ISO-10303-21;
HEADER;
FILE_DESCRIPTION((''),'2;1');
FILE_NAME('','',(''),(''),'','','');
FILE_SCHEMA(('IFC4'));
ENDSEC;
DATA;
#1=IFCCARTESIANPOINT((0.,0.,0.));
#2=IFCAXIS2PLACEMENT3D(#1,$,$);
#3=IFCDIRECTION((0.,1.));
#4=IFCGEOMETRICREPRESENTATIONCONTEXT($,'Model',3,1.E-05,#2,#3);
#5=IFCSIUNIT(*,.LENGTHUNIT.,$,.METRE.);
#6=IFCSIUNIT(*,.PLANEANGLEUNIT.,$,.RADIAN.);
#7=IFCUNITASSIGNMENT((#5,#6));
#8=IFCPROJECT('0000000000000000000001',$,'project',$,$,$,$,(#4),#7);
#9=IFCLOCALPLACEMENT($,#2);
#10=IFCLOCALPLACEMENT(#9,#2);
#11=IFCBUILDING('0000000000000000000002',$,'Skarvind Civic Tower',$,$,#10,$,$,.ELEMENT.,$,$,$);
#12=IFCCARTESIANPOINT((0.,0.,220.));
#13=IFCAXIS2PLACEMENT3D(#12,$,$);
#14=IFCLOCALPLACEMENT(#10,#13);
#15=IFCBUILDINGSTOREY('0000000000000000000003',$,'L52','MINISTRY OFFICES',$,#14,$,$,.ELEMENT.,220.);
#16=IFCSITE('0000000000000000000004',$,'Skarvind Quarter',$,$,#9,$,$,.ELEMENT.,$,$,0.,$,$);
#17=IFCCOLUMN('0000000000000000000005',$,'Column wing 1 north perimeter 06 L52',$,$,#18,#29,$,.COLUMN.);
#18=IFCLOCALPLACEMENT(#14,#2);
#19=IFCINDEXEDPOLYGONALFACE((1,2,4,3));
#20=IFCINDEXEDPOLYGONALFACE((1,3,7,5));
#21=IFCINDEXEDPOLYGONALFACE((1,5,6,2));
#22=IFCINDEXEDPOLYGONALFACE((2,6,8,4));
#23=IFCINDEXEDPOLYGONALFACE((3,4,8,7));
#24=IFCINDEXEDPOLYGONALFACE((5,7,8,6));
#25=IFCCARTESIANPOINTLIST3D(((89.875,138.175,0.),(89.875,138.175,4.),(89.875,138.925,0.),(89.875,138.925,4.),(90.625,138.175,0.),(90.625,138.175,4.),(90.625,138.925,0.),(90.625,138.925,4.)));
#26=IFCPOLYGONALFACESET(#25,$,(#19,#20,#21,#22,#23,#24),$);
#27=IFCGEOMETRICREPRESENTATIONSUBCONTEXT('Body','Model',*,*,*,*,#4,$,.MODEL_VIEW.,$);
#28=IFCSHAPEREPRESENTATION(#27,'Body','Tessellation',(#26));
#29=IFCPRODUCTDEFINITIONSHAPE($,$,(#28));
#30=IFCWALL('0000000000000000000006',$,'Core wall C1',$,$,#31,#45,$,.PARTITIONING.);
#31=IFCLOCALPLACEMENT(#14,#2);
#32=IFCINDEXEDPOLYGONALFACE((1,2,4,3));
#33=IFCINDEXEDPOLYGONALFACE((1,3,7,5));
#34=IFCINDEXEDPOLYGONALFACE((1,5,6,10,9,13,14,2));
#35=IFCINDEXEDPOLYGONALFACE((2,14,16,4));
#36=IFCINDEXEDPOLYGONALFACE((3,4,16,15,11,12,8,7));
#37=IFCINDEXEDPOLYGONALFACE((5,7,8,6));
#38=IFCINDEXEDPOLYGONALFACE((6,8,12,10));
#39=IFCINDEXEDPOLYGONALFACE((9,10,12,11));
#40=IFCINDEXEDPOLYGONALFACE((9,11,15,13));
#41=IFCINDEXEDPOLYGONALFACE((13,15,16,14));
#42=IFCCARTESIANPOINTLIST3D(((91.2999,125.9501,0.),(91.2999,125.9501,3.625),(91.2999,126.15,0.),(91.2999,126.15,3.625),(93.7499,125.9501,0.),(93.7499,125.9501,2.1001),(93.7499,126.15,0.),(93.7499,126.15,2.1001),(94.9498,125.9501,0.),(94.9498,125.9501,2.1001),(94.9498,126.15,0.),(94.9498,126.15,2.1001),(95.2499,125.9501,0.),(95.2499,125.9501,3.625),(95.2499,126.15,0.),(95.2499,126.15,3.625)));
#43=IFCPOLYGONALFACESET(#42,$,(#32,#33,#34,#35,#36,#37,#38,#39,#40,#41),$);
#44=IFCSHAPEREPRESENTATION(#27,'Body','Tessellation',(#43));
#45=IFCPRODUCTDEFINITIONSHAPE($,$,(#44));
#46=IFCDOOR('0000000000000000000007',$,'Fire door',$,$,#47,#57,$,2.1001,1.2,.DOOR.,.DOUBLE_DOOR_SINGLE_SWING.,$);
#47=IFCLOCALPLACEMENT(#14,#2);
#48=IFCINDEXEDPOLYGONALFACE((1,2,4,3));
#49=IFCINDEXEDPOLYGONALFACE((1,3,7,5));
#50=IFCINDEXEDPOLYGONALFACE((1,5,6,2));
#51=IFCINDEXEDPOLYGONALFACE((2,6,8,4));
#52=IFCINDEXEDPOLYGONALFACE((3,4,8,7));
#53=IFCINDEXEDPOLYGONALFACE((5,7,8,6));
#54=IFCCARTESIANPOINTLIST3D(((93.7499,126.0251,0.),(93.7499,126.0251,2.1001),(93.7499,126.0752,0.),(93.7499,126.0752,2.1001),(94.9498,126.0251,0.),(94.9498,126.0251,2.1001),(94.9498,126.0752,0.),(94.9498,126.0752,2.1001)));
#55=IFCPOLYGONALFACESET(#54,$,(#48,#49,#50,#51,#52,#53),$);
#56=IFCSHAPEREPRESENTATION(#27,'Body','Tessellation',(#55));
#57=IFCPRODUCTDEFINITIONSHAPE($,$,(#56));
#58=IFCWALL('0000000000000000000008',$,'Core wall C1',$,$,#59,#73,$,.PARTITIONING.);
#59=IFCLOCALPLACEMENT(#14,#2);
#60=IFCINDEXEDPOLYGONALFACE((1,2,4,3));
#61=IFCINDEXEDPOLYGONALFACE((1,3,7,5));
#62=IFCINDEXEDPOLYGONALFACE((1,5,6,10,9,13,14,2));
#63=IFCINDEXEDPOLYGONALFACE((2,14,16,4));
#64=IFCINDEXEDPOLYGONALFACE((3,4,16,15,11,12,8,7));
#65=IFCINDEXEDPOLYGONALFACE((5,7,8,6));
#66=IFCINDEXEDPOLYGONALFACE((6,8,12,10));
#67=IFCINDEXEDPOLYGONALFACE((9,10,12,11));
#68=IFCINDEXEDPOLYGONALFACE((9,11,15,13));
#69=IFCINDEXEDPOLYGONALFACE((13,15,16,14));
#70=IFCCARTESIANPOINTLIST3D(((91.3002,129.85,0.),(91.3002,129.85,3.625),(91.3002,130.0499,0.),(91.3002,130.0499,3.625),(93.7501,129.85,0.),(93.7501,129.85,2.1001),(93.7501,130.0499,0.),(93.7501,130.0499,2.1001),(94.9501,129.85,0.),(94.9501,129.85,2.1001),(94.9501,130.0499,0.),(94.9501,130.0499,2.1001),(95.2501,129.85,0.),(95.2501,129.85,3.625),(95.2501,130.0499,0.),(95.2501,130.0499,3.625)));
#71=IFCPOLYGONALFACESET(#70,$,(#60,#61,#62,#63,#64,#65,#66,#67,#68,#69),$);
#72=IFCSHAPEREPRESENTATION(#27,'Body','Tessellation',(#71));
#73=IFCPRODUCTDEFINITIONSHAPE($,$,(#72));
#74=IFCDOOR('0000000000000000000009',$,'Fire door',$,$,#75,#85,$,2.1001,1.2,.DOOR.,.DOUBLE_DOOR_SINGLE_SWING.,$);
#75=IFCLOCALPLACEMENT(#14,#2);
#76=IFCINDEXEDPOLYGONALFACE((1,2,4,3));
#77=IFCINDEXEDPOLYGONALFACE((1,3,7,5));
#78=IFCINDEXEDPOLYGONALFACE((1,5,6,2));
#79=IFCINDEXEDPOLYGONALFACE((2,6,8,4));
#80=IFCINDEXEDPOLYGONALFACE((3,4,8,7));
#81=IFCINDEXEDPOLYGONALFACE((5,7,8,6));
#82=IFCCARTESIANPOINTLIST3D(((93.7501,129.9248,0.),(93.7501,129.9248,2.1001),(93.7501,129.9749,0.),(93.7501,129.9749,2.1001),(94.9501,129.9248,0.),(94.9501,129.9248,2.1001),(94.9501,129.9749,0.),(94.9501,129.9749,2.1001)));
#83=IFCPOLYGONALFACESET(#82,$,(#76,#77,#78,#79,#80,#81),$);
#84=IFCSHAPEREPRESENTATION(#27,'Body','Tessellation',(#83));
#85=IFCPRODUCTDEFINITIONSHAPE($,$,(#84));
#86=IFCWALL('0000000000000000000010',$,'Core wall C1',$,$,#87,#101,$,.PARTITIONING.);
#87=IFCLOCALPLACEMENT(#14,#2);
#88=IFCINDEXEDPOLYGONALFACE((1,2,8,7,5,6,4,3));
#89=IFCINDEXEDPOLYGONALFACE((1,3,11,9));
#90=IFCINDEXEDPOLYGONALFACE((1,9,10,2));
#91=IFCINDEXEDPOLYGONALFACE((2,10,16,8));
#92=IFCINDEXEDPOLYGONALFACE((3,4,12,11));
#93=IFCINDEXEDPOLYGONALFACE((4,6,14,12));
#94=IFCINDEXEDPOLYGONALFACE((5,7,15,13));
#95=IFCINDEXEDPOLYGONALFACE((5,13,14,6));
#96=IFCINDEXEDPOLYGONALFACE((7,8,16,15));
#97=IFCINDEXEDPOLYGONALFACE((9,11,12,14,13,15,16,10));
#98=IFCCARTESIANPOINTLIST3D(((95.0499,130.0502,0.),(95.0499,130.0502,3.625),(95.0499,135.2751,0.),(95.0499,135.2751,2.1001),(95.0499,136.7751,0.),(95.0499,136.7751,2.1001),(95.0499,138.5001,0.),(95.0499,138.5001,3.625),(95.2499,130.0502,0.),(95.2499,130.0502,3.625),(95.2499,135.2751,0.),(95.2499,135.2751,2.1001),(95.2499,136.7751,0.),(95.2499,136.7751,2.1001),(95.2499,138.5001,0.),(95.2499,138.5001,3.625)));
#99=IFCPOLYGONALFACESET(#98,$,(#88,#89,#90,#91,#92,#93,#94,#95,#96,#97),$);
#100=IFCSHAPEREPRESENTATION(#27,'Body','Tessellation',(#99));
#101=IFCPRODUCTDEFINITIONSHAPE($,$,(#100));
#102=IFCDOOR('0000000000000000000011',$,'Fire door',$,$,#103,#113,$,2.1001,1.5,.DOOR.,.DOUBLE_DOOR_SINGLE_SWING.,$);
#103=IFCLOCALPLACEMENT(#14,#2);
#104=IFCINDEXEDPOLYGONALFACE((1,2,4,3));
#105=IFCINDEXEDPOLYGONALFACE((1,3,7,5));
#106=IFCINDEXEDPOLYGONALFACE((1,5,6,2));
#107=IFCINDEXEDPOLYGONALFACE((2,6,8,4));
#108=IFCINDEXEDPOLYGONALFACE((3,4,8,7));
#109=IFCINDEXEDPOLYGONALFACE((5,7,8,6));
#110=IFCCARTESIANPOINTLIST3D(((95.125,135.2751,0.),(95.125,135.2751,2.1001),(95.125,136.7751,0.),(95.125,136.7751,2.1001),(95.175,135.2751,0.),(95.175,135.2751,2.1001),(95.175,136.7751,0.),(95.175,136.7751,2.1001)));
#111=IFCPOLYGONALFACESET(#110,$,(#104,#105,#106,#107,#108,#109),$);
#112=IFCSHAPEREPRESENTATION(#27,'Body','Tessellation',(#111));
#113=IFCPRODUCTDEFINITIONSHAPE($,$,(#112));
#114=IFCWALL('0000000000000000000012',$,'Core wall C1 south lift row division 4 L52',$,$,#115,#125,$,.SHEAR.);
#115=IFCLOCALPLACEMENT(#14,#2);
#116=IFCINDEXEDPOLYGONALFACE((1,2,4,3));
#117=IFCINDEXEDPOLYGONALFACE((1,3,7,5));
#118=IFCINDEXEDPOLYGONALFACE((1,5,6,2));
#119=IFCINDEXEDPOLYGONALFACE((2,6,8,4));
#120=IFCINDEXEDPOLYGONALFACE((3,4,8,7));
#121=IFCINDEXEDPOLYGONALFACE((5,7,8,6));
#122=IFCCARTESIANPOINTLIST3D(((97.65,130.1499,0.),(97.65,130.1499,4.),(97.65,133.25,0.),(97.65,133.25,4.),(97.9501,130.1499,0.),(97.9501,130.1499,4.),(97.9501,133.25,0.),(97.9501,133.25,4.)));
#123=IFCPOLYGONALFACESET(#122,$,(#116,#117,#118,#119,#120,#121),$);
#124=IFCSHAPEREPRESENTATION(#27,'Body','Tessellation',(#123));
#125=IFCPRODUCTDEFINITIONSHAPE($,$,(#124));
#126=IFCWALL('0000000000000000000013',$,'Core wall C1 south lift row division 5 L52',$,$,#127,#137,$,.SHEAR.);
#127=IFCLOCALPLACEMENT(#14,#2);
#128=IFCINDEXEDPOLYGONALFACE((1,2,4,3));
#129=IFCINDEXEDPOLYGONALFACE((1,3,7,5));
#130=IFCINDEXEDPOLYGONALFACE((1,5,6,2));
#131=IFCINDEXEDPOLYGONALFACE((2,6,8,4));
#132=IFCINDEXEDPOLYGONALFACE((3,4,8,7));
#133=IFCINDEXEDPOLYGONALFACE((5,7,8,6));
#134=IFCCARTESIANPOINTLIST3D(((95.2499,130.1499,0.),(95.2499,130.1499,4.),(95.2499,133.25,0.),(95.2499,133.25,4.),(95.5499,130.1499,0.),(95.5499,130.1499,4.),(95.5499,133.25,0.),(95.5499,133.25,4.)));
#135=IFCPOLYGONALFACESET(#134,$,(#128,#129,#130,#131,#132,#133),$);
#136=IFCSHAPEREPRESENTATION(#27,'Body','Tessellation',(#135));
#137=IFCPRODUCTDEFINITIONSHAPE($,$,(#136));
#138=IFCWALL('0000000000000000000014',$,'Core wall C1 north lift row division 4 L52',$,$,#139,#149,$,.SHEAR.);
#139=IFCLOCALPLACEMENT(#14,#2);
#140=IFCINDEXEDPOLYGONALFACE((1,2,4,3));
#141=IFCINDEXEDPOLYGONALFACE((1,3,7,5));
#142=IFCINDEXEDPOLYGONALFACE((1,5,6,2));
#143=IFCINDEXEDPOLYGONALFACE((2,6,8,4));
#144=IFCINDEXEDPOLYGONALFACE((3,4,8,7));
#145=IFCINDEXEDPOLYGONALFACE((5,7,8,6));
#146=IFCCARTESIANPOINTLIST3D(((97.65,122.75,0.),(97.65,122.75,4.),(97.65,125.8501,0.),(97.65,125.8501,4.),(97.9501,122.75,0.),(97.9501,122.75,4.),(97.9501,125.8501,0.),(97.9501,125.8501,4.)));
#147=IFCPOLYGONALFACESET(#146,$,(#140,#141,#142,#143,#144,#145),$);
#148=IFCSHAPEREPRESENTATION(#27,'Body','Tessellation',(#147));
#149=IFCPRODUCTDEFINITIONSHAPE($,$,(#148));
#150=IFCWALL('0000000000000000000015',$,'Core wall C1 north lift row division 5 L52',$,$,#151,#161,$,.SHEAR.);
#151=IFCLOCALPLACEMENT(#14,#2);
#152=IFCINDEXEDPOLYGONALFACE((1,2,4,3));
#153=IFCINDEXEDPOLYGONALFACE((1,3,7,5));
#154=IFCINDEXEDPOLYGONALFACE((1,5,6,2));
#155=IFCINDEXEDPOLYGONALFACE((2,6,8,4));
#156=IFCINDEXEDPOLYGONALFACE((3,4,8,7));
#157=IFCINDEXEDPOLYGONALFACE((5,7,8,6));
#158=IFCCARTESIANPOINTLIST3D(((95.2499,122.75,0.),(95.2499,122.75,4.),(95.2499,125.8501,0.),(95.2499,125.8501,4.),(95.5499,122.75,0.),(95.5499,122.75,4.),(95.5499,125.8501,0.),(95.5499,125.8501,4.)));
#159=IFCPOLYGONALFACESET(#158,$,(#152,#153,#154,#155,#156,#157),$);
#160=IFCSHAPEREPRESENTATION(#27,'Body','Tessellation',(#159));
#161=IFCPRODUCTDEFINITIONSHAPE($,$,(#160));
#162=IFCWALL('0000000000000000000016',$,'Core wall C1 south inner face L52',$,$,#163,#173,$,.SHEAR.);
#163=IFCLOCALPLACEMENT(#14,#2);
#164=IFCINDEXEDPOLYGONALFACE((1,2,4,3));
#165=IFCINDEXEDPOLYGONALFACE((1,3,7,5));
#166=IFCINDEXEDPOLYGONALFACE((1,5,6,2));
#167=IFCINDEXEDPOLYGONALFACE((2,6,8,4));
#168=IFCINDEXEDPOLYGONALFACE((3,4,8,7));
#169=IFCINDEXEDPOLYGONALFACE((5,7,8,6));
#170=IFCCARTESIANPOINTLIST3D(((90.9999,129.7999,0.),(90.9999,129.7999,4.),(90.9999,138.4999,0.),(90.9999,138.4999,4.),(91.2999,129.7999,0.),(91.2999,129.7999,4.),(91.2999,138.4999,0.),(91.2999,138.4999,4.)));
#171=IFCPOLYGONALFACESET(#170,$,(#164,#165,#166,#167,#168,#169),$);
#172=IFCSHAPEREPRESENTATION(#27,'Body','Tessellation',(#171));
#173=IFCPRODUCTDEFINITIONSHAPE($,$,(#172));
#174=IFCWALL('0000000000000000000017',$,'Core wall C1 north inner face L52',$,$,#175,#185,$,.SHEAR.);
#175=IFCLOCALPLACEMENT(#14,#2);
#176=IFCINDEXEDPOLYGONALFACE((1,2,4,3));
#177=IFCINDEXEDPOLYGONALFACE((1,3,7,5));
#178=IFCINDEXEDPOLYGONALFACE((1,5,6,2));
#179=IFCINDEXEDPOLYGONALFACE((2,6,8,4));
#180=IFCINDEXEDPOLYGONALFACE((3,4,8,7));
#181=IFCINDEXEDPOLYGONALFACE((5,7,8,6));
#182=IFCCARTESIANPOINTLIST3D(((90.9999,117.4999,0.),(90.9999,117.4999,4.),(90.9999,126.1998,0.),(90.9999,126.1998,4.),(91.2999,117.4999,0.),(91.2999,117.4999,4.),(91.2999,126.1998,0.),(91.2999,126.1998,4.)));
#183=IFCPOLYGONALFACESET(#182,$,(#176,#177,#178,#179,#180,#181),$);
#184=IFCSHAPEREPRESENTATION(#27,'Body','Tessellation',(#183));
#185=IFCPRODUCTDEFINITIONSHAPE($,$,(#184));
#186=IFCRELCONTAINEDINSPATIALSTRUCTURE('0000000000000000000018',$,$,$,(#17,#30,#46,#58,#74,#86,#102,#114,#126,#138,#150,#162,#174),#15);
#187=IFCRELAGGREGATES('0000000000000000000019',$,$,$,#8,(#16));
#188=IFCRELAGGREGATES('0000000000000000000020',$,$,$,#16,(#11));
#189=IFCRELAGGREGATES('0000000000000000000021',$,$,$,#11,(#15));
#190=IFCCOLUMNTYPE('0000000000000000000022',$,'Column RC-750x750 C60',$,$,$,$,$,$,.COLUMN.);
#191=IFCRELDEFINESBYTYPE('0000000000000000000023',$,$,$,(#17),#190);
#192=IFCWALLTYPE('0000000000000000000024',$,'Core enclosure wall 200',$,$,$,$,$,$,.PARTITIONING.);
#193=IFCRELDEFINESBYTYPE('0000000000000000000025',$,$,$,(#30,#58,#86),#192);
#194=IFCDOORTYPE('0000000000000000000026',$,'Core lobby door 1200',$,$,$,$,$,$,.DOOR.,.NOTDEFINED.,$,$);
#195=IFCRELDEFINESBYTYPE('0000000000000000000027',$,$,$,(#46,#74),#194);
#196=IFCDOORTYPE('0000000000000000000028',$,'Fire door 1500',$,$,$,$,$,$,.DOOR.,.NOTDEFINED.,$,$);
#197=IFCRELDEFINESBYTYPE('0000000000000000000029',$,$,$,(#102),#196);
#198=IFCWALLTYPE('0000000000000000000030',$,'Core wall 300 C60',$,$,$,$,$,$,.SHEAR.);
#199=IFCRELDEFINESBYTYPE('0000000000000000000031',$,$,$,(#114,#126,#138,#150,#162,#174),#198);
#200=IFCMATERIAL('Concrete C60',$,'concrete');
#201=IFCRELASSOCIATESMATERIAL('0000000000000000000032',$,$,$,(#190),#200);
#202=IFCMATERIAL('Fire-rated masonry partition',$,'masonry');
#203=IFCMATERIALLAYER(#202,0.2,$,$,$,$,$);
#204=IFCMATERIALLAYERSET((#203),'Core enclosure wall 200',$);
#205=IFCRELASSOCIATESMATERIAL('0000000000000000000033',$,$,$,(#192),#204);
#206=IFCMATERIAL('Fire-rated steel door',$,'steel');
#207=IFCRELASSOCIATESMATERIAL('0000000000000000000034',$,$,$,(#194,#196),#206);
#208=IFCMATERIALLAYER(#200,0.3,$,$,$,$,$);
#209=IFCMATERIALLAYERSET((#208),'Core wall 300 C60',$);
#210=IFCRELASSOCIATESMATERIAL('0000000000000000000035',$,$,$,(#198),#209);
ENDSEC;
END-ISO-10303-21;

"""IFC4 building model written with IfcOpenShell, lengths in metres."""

from ifc_helpers import new_model, si_unit, direction, frame, frame_2d, origin, origin_2d, place, context, subcontext, project, spatial, rectangle, extrude, material, layer, layer_set, material_profile, profile_set, type_object, element, fill, save


model = new_model("IFC4")

# Units and contexts
model_context = context("Model", 3, precision=1e-05, world=origin(), true_north=direction((0.0, 1.0)))
body_context = subcontext(model_context, "Body", "Model", "MODEL_VIEW")
ifc_project = project(units=[si_unit("LENGTHUNIT", "METRE"), si_unit("PLANEANGLEUNIT", "RADIAN")], contexts=[model_context])

# Site, building, storey
site_placement = place(None, origin())
site = spatial("IfcSite", under=ifc_project, at=site_placement, Name="Skarvind Quarter", CompositionType="ELEMENT", RefElevation=0.0)
building_placement = place(site_placement, origin())
building = spatial("IfcBuilding", under=site, at=building_placement, Name="Skarvind Civic Tower", CompositionType="ELEMENT")
storey_placement = place(building_placement, frame((0.0, 0.0, 220.0)))
storey = spatial("IfcBuildingStorey", under=building, at=storey_placement, Name="L52", Description="MINISTRY OFFICES", CompositionType="ELEMENT", Elevation=220.0)

# Column
ifc_material_1 = material(Name="Concrete C60", Category="concrete")
ifc_material_profile = material_profile(ifc_material_1, rectangle(XDim=0.75, YDim=0.75, at=origin_2d()), Name="RC-750x750")
ifc_profile_set = profile_set([ifc_material_profile], Name="Concrete C60")
column_type = type_object("IfcColumnType", Name="Column RC-750x750 C60", PredefinedType="COLUMN", material=ifc_profile_set)
column_placement = place(storey_placement, frame((90.25, 138.55, 0.0), z_axis=(0.0, 0.0, 1.0), x_axis=(1.0, 0.0, 0.0)))
element("IfcColumn", 1, at=column_placement, inside=storey, type_object=column_type, Name="Column wing 1 north perimeter 06 L52", PredefinedType="COLUMN", context=body_context, shape_type="SweptSolid", body=[
    extrude(rectangle(XDim=0.75, YDim=0.75, at=origin_2d()), origin(), (0.0, 0.0, 1.0), 4.0),
])

# Walls, openings, doors
ifc_material_2 = material(Name="Fire-rated masonry partition", Category="masonry")
ifc_layer_1 = layer(ifc_material_2, 0.2)
ifc_layer_set_1 = layer_set([ifc_layer_1], Name="Core enclosure wall 200")
wall_type_1 = type_object("IfcWallType", Name="Core enclosure wall 200", PredefinedType="PARTITIONING", material=ifc_layer_set_1)
wall_1_placement = place(storey_placement, frame((95.25, 126.05, 0.0), z_axis=(0.0, 0.0, 1.0), x_axis=(-1.0, 0.0, 0.0)))
wall_1 = element("IfcWall", 2, at=wall_1_placement, inside=storey, type_object=wall_type_1, Name="Core wall C1", PredefinedType="PARTITIONING", context=body_context, shape_type="SweptSolid", body=[
    extrude(rectangle(XDim=3.95, YDim=0.2, at=frame_2d((1.9751, 0.0))), origin(), (0.0, 0.0, 1.0), 3.625),
])
opening_1_placement = place(wall_1_placement, frame((0.3, 0.0, 0.0)))
opening_1 = element("IfcOpeningElement", 3, at=opening_1_placement, cuts=wall_1, PredefinedType="OPENING", context=body_context, shape_type="SweptSolid", body=[
    extrude(rectangle(XDim=1.2, YDim=2.1001, at=frame_2d((0.6001, 1.05))), frame((0.0, 0.1099, 0.0), z_axis=(0.0, -1.0, 0.0), x_axis=(1.0, 0.0, 0.0)), (0.0, 0.0, 1.0), 0.22),
])
ifc_material_3 = material(Name="Fire-rated steel door", Category="steel")
door_type_1 = type_object("IfcDoorType", Name="Core lobby door 1200", OperationType="NOTDEFINED", PredefinedType="DOOR", material=ifc_material_3)
door_1_placement = place(opening_1_placement, origin())
door_1 = element("IfcDoor", 4, at=door_1_placement, inside=storey, type_object=door_type_1, Name="Fire door", OperationType="DOUBLE_DOOR_SINGLE_SWING", OverallHeight=2.1001, OverallWidth=1.2, PredefinedType="DOOR", context=body_context, shape_type="SweptSolid", body=[
    extrude(rectangle(XDim=1.2, YDim=2.1001, at=frame_2d((0.6001, 1.05))), frame((0.0, 0.0249, 0.0), z_axis=(0.0, -1.0, 0.0), x_axis=(1.0, 0.0, 0.0)), (0.0, 0.0, 1.0), 0.05),
])
fill(opening_1, door_1)
wall_2_placement = place(storey_placement, frame((91.3, 129.95, 0.0), z_axis=(0.0, 0.0, 1.0), x_axis=(1.0, 0.0, 0.0)))
wall_2 = element("IfcWall", 5, at=wall_2_placement, inside=storey, type_object=wall_type_1, Name="Core wall C1", PredefinedType="PARTITIONING", context=body_context, shape_type="SweptSolid", body=[
    extrude(rectangle(XDim=3.95, YDim=0.2, at=frame_2d((1.9751, 0.0))), origin(), (0.0, 0.0, 1.0), 3.625),
])
opening_2_placement = place(wall_2_placement, frame((2.45, 0.0, 0.0)))
opening_2 = element("IfcOpeningElement", 6, at=opening_2_placement, cuts=wall_2, PredefinedType="OPENING", context=body_context, shape_type="SweptSolid", body=[
    extrude(rectangle(XDim=1.2, YDim=2.1001, at=frame_2d((0.6001, 1.05))), frame((0.0, 0.1099, 0.0), z_axis=(0.0, -1.0, 0.0), x_axis=(1.0, 0.0, 0.0)), (0.0, 0.0, 1.0), 0.22),
])
door_2_placement = place(opening_2_placement, origin())
door_2 = element("IfcDoor", 7, at=door_2_placement, inside=storey, type_object=door_type_1, Name="Fire door", OperationType="DOUBLE_DOOR_SINGLE_SWING", OverallHeight=2.1001, OverallWidth=1.2, PredefinedType="DOOR", context=body_context, shape_type="SweptSolid", body=[
    extrude(rectangle(XDim=1.2, YDim=2.1001, at=frame_2d((0.6001, 1.05))), frame((0.0, 0.0249, 0.0), z_axis=(0.0, -1.0, 0.0), x_axis=(1.0, 0.0, 0.0)), (0.0, 0.0, 1.0), 0.05),
])
fill(opening_2, door_2)
wall_3_placement = place(storey_placement, frame((95.1499, 130.05, 0.0), z_axis=(0.0, 0.0, 1.0), x_axis=(0.0, 1.0, 0.0)))
wall_3 = element("IfcWall", 8, at=wall_3_placement, inside=storey, type_object=wall_type_1, Name="Core wall C1", PredefinedType="PARTITIONING", context=body_context, shape_type="SweptSolid", body=[
    extrude(rectangle(XDim=8.45, YDim=0.2, at=frame_2d((4.2251, 0.0))), origin(), (0.0, 0.0, 1.0), 3.625),
])
opening_3_placement = place(wall_3_placement, frame((5.2251, 0.0, 0.0)))
opening_3 = element("IfcOpeningElement", 9, at=opening_3_placement, cuts=wall_3, PredefinedType="OPENING", context=body_context, shape_type="SweptSolid", body=[
    extrude(rectangle(XDim=1.5, YDim=2.1001, at=frame_2d((0.75, 1.05))), frame((0.0, 0.1099, 0.0), z_axis=(0.0, -1.0, 0.0), x_axis=(1.0, 0.0, 0.0)), (0.0, 0.0, 1.0), 0.22),
])
door_type_2 = type_object("IfcDoorType", Name="Fire door 1500", OperationType="NOTDEFINED", PredefinedType="DOOR", material=ifc_material_3)
door_3_placement = place(opening_3_placement, origin())
door_3 = element("IfcDoor", 10, at=door_3_placement, inside=storey, type_object=door_type_2, Name="Fire door", OperationType="DOUBLE_DOOR_SINGLE_SWING", OverallHeight=2.1001, OverallWidth=1.5, PredefinedType="DOOR", context=body_context, shape_type="SweptSolid", body=[
    extrude(rectangle(XDim=1.5, YDim=2.1001, at=frame_2d((0.75, 1.05))), frame((0.0, 0.0249, 0.0), z_axis=(0.0, -1.0, 0.0), x_axis=(1.0, 0.0, 0.0)), (0.0, 0.0, 1.0), 0.05),
])
fill(opening_3, door_3)

# Walls
ifc_layer_2 = layer(ifc_material_1, 0.3)
ifc_layer_set_2 = layer_set([ifc_layer_2], Name="Core wall 300 C60")
wall_type_2 = type_object("IfcWallType", Name="Core wall 300 C60", PredefinedType="SHEAR", material=ifc_layer_set_2)
for number, where, z_axis, x_axis, name in (
    (11, (97.8, 133.25, 0.0), (0.0, 0.0, 1.0), (0.0, -1.0, 0.0), "Core wall C1 south lift row division 4 L52"),
    (12, (95.3999, 133.25, 0.0), (0.0, 0.0, 1.0), (0.0, -1.0, 0.0), "Core wall C1 south lift row division 5 L52"),
    (13, (97.8, 125.8501, 0.0), (0.0, 0.0, 1.0), (0.0, -1.0, 0.0), "Core wall C1 north lift row division 4 L52"),
    (14, (95.3999, 125.8501, 0.0), (0.0, 0.0, 1.0), (0.0, -1.0, 0.0), "Core wall C1 north lift row division 5 L52"),
):
    element("IfcWall", number, at=place(storey_placement, frame(where, z_axis=z_axis, x_axis=x_axis)), inside=storey, type_object=wall_type_2, Name=name, PredefinedType="SHEAR", context=body_context, shape_type="SweptSolid", body=[
        extrude(rectangle(XDim=3.1001, YDim=0.3, at=frame_2d((1.55, 0.0))), origin(), (0.0, 0.0, 1.0), 4.0),
    ])
for number, where, z_axis, x_axis, name in (
    (15, (91.1499, 138.5, 0.0), (0.0, 0.0, 1.0), (0.0, -1.0, 0.0), "Core wall C1 south inner face L52"),
    (16, (91.1499, 126.2, 0.0), (0.0, 0.0, 1.0), (0.0, -1.0, 0.0), "Core wall C1 north inner face L52"),
):
    element("IfcWall", number, at=place(storey_placement, frame(where, z_axis=z_axis, x_axis=x_axis)), inside=storey, type_object=wall_type_2, Name=name, PredefinedType="SHEAR", context=body_context, shape_type="SweptSolid", body=[
        extrude(rectangle(XDim=8.7, YDim=0.3, at=frame_2d((4.3501, 0.0))), origin(), (0.0, 0.0, 1.0), 4.0),
    ])

save(model, "model.ifc")
